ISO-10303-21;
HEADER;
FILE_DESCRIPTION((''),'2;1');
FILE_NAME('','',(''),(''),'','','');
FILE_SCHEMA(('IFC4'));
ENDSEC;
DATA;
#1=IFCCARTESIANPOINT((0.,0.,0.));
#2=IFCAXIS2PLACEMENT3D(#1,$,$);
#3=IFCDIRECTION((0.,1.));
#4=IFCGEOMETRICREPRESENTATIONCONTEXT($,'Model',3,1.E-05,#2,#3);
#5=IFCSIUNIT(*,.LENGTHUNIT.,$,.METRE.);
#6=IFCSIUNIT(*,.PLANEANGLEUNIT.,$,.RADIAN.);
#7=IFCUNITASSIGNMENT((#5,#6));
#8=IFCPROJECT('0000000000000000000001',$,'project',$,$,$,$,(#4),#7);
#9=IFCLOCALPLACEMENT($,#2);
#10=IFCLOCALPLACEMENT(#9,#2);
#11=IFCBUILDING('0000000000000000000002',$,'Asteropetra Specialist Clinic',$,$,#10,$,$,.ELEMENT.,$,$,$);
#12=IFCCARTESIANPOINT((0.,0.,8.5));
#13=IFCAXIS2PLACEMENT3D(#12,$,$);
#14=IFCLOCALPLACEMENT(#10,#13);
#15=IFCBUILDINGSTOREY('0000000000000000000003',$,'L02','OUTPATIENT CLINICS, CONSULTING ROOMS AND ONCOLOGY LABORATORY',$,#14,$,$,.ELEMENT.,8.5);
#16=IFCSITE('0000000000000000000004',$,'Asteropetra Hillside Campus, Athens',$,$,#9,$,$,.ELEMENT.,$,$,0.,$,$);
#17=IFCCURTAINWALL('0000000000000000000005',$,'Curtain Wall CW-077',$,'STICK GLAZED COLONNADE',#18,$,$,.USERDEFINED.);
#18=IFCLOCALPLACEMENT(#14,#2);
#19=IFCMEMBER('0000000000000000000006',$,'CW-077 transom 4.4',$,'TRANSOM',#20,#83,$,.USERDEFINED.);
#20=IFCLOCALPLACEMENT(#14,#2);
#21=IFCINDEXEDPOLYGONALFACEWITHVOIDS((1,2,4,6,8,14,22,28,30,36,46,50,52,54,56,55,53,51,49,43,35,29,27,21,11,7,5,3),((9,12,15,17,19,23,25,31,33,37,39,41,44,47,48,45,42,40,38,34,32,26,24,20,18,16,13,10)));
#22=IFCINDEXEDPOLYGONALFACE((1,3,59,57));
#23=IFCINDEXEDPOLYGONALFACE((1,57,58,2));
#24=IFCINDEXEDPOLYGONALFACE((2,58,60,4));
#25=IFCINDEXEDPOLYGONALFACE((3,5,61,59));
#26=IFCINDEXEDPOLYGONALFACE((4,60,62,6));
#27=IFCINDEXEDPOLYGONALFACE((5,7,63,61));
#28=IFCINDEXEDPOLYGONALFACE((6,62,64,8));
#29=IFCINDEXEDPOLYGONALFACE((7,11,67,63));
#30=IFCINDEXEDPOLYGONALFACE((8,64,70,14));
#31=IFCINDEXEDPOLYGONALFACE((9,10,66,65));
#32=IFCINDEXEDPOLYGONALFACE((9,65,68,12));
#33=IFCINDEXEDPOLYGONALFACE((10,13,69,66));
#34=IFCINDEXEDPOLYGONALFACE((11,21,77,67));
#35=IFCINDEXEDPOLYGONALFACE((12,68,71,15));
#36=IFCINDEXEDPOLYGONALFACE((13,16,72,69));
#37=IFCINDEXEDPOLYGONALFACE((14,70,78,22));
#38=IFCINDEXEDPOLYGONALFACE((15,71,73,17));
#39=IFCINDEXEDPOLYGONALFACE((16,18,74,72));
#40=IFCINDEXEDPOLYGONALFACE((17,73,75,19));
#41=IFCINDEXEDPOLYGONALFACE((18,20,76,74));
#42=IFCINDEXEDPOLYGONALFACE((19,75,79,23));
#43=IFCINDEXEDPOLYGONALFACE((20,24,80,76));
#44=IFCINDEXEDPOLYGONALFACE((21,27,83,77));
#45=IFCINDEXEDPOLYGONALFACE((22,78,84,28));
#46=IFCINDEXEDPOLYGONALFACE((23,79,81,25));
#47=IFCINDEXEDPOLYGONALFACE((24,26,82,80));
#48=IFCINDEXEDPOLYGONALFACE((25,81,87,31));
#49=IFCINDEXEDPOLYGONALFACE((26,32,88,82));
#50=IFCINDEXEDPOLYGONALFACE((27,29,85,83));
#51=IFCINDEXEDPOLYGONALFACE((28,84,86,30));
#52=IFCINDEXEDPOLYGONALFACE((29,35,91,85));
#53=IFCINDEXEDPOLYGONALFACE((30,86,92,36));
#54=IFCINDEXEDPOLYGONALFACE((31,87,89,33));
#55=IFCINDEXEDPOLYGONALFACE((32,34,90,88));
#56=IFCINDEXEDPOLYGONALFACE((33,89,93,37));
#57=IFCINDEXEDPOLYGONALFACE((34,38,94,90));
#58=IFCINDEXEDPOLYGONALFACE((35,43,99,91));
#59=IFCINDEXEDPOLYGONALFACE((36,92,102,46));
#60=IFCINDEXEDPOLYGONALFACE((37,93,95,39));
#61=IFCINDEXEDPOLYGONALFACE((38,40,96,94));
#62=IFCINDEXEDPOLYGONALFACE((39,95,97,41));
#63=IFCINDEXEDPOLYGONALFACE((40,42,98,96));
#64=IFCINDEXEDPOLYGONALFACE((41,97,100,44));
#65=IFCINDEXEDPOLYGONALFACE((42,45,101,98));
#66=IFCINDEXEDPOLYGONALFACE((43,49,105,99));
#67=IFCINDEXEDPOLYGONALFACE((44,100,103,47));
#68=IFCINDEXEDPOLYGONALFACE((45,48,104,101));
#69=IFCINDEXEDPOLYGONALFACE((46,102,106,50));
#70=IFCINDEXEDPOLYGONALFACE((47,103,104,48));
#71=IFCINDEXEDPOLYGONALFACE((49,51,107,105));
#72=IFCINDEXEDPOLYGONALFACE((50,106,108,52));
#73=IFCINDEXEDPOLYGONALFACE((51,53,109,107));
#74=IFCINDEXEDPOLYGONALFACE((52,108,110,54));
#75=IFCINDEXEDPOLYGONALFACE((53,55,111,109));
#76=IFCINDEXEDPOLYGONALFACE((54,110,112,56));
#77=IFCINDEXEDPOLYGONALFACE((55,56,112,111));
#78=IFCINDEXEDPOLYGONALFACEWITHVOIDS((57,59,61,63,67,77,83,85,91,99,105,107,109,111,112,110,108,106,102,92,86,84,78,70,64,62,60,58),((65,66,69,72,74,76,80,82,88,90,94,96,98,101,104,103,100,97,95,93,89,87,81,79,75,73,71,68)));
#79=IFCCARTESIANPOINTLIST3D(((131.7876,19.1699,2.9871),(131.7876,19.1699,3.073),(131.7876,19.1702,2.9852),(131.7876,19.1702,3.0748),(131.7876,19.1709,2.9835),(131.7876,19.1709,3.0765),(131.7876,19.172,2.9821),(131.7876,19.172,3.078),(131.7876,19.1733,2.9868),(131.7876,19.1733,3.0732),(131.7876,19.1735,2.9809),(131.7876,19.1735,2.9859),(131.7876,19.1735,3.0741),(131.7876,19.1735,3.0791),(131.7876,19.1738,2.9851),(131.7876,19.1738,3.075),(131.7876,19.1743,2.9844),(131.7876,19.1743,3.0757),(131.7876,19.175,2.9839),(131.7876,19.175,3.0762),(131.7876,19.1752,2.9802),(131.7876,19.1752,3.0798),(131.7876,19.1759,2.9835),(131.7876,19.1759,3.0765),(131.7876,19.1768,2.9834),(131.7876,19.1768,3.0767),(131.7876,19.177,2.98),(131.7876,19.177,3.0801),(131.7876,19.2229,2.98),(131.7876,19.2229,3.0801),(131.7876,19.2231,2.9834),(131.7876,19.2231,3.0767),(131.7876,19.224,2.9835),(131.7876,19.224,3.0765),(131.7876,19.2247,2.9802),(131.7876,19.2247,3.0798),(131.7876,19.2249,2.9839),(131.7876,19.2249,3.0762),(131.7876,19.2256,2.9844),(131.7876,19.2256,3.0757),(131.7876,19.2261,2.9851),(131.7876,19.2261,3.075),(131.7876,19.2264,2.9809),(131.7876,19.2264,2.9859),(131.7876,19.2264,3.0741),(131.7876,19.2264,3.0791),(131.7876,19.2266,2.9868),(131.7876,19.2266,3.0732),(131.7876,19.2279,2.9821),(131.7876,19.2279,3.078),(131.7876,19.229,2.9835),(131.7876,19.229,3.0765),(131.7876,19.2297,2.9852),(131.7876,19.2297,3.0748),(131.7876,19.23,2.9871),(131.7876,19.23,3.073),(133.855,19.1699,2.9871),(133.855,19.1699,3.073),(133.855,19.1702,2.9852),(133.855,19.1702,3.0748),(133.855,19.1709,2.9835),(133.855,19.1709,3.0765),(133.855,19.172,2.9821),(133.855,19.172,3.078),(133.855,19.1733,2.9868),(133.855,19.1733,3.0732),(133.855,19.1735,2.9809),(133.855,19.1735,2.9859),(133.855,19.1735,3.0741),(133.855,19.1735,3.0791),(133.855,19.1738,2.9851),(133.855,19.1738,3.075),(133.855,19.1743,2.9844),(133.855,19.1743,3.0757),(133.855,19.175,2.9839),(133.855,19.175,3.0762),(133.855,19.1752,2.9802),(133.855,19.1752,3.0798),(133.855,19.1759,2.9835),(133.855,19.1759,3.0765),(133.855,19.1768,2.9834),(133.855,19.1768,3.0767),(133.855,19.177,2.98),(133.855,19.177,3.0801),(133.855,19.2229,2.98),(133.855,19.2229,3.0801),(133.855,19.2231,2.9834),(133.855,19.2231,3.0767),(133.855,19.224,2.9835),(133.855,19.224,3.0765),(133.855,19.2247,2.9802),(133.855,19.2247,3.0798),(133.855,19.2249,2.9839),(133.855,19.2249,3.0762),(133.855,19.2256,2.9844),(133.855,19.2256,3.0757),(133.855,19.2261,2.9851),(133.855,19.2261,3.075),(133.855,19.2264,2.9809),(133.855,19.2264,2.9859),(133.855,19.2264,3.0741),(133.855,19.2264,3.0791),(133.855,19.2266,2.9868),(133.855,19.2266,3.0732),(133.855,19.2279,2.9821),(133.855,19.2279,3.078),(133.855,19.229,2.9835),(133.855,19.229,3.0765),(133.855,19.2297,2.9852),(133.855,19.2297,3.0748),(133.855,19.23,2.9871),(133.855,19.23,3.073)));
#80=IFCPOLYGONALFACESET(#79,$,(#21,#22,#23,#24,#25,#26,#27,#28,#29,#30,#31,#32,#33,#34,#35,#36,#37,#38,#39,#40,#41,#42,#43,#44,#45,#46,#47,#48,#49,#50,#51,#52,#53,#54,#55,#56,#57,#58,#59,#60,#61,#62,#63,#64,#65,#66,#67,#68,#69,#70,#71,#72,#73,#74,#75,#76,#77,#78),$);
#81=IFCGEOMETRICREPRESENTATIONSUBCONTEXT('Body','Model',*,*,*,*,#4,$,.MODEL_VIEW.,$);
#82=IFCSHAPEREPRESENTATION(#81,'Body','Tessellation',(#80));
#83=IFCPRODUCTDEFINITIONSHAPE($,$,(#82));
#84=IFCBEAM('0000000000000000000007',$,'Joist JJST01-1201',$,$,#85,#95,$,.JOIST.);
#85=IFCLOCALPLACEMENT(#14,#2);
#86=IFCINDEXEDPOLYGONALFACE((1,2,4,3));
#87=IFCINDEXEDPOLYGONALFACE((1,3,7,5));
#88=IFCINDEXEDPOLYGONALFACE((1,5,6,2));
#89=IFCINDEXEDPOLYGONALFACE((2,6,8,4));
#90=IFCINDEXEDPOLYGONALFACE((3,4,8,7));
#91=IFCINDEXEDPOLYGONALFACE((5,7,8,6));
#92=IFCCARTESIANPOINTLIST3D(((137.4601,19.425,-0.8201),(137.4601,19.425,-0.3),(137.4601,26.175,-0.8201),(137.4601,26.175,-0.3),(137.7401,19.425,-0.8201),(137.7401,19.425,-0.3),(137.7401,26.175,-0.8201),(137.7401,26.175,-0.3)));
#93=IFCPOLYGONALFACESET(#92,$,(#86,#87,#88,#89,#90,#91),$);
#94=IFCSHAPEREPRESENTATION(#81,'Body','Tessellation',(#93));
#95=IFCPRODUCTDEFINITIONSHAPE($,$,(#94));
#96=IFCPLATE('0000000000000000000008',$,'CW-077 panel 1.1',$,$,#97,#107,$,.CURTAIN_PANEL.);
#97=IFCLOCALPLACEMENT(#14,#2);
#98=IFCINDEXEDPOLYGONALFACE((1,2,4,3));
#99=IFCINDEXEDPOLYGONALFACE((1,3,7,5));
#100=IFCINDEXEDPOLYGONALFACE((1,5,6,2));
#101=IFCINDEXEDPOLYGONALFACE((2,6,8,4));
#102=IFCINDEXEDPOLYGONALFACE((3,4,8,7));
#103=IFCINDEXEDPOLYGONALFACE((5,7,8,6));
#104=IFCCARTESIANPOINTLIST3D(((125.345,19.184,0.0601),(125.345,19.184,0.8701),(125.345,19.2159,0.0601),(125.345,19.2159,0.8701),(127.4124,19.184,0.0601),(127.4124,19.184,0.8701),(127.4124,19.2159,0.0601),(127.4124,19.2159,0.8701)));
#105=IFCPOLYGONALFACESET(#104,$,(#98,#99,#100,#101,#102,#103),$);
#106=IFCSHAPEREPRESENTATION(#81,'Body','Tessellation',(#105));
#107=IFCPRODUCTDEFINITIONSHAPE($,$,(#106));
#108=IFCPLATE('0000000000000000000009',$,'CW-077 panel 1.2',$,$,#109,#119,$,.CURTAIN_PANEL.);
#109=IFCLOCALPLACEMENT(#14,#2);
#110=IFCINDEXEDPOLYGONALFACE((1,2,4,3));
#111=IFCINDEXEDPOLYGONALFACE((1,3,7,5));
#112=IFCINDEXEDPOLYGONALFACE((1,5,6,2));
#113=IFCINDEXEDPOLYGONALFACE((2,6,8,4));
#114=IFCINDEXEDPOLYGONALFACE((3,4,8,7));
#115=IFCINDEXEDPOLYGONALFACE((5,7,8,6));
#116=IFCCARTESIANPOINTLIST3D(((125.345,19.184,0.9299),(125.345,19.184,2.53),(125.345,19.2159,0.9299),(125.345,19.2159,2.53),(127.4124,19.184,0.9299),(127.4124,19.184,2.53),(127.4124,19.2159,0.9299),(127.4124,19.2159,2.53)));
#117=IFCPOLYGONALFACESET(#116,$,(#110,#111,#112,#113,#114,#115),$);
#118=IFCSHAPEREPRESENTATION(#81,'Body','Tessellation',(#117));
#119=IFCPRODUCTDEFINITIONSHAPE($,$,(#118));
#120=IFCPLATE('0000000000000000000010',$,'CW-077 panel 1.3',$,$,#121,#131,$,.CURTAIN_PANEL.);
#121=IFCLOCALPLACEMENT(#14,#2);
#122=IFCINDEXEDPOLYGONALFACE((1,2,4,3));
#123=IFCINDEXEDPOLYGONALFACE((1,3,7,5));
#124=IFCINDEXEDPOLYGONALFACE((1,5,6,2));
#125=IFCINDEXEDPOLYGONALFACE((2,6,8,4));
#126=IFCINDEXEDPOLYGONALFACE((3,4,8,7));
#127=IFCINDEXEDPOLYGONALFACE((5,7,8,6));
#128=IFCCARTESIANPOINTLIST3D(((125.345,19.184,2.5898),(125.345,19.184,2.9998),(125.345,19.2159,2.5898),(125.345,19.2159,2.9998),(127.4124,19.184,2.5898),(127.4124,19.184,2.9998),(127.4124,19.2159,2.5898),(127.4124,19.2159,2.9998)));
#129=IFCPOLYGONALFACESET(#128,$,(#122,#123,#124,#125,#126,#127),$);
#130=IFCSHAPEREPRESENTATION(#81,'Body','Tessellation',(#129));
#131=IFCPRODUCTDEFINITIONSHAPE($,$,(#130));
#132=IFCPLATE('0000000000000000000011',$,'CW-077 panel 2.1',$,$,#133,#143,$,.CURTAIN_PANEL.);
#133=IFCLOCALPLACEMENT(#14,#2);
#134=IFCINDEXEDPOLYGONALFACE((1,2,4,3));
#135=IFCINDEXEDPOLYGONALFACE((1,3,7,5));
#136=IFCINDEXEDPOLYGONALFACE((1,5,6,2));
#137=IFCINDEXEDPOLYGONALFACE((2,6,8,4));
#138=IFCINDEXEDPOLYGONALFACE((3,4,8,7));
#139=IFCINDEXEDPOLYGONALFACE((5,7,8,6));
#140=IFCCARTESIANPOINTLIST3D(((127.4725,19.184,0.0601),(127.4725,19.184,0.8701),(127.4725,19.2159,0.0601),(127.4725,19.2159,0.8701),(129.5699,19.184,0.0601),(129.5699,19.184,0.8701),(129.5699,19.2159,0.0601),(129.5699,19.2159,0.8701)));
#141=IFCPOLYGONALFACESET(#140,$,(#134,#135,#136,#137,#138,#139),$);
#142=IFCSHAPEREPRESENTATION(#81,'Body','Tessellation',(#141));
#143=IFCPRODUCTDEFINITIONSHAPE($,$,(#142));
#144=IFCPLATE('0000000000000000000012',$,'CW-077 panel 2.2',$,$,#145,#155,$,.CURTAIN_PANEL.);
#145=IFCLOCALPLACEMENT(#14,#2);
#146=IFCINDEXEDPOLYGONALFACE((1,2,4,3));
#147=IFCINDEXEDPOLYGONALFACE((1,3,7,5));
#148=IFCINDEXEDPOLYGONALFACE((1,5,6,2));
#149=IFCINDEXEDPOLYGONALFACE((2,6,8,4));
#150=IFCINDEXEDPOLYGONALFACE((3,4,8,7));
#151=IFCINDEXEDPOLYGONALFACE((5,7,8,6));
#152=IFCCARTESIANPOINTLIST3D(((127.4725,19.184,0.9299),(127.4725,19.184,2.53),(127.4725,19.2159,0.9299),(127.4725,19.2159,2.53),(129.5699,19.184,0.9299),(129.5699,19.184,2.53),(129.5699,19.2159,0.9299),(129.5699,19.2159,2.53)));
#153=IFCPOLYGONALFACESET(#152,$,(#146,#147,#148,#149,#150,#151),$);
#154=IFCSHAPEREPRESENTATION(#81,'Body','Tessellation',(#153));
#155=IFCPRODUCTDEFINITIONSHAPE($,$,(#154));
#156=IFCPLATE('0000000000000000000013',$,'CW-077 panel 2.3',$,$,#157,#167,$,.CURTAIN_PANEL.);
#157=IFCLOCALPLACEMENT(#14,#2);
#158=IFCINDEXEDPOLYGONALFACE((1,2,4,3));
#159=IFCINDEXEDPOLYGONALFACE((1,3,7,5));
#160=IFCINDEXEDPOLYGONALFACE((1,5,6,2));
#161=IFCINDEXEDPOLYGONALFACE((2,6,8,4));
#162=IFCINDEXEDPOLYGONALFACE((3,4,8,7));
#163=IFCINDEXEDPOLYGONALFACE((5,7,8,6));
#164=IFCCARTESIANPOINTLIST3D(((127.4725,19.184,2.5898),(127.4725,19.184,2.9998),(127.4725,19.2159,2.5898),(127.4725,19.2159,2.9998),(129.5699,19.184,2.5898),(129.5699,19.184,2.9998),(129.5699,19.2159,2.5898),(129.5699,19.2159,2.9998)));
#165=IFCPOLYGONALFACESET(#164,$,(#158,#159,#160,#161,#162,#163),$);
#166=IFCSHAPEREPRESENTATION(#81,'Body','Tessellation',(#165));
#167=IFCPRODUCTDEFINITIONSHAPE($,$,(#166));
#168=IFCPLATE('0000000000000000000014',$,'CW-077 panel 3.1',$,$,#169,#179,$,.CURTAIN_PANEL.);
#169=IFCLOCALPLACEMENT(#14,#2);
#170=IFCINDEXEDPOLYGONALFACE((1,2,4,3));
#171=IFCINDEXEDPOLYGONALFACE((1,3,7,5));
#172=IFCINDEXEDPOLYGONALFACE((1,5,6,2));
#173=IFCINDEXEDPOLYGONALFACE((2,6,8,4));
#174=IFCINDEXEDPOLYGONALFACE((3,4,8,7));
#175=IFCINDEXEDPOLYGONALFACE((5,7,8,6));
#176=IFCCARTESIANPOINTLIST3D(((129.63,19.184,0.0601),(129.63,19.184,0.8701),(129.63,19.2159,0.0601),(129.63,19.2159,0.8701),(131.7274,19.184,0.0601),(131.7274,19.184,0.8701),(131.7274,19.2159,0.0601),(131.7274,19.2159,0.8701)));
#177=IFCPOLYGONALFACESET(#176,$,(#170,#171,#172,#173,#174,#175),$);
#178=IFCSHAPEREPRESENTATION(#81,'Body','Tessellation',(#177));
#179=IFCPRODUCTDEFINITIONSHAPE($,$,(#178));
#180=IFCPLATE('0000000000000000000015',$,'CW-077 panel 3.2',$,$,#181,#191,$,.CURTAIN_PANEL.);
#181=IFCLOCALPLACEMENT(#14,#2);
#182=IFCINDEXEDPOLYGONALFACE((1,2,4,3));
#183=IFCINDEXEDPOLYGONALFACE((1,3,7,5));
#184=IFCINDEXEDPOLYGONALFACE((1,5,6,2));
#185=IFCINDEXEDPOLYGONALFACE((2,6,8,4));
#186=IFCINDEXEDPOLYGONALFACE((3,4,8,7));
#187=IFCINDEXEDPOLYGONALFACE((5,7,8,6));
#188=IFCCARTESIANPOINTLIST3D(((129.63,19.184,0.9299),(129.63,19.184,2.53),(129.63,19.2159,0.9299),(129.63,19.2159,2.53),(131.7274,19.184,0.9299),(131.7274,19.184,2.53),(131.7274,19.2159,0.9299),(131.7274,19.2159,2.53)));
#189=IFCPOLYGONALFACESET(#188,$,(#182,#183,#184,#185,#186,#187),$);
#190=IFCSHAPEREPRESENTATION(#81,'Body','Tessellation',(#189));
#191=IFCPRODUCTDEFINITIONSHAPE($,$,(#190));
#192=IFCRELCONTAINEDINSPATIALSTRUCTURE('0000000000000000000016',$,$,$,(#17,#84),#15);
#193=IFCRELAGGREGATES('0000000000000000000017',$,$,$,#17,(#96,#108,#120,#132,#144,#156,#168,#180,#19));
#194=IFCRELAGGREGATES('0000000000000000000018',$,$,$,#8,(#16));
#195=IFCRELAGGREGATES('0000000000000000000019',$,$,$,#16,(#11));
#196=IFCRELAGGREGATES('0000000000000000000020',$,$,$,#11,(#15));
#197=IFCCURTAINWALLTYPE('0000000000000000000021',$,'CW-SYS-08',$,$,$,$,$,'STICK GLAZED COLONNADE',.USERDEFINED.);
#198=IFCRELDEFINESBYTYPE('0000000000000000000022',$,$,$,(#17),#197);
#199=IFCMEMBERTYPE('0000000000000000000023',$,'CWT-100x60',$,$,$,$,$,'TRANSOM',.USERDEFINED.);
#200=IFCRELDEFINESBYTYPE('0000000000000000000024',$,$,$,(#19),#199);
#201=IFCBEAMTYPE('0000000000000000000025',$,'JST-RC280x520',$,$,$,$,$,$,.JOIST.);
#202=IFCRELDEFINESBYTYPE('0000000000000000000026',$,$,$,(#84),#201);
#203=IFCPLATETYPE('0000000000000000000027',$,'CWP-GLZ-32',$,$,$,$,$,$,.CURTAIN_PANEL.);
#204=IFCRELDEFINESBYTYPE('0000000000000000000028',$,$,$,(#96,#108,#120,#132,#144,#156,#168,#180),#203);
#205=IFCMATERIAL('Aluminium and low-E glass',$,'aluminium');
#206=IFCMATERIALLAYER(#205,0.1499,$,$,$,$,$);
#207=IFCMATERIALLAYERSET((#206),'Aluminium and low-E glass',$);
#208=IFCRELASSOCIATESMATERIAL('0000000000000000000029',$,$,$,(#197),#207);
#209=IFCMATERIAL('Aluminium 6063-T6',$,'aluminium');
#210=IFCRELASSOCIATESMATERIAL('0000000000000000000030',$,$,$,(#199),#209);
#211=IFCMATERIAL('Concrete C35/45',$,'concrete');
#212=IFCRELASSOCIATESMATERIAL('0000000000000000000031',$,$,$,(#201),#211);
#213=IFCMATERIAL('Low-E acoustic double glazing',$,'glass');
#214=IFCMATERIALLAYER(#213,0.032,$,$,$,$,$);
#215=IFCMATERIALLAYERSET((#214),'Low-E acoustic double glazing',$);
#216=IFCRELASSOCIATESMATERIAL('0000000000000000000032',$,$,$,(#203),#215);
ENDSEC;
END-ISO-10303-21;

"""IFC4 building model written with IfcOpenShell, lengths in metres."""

from ifc_helpers import new_model, si_unit, direction, frame, origin, origin_2d, place, context, subcontext, project, spatial, rectangle, hollow_rectangle, extrude, material, layer, layer_set, material_profile, profile_set, type_object, element, aggregate, save


model = new_model("IFC4")

# Units and contexts
model_context = context("Model", 3, precision=1e-05, world=origin(), true_north=direction((0.0, 1.0)))
body_context = subcontext(model_context, "Body", "Model", "MODEL_VIEW")
ifc_project = project(units=[si_unit("LENGTHUNIT", "METRE"), si_unit("PLANEANGLEUNIT", "RADIAN")], contexts=[model_context])

# Site, building, storey
site_placement = place(None, origin())
site = spatial("IfcSite", under=ifc_project, at=site_placement, Name="Asteropetra Hillside Campus, Athens", CompositionType="ELEMENT", RefElevation=0.0)
building_placement = place(site_placement, origin())
building = spatial("IfcBuilding", under=site, at=building_placement, Name="Asteropetra Specialist Clinic", CompositionType="ELEMENT")
storey_placement = place(building_placement, frame((0.0, 0.0, 8.5)))
storey = spatial("IfcBuildingStorey", under=building, at=storey_placement, Name="L02", Description="OUTPATIENT CLINICS, CONSULTING ROOMS AND ONCOLOGY LABORATORY", CompositionType="ELEMENT", Elevation=8.5)

# Curtain wall, member
ifc_material_1 = material(Name="Aluminium and low-E glass", Category="aluminium")
ifc_layer_1 = layer(ifc_material_1, 0.1499)
ifc_layer_set_1 = layer_set([ifc_layer_1], Name="Aluminium and low-E glass")
curtain_wall_type = type_object("IfcCurtainWallType", Name="CW-SYS-08", ElementType="STICK GLAZED COLONNADE", PredefinedType="USERDEFINED", material=ifc_layer_set_1)
curtain_wall_placement = place(storey_placement, origin())
curtain_wall = element("IfcCurtainWall", 1, at=curtain_wall_placement, inside=storey, type_object=curtain_wall_type, Name="Curtain Wall CW-077", ObjectType="STICK GLAZED COLONNADE", PredefinedType="USERDEFINED")
ifc_material_2 = material(Name="Aluminium 6063-T6", Category="aluminium")
ifc_material_profile_1 = material_profile(ifc_material_2, hollow_rectangle(XDim=0.0601, YDim=0.1001, WallThickness=0.0034, InnerFilletRadius=0.0034, OuterFilletRadius=0.0071, at=origin_2d()), Name="TRN 100x60x3.5")
ifc_profile_set_1 = profile_set([ifc_material_profile_1], Name="Aluminium 6063-T6")
member_type_1 = type_object("IfcMemberType", Name="CWT-100x60", ElementType="TRANSOM", PredefinedType="USERDEFINED", material=ifc_profile_set_1)
member_1_placement = place(storey_placement, frame((131.7876, 19.2, 3.03), z_axis=(1.0, 0.0, 0.0), x_axis=(0.0, 1.0, 0.0)))
member_1 = element("IfcMember", 2, at=member_1_placement, type_object=member_type_1, Name="CW-077 transom 4.4", ObjectType="TRANSOM", PredefinedType="USERDEFINED", context=body_context, shape_type="SweptSolid", body=[
    extrude(hollow_rectangle(XDim=0.0601, YDim=0.1001, WallThickness=0.0034, InnerFilletRadius=0.0034, OuterFilletRadius=0.0071, at=origin_2d()), origin(), (0.0, 0.0, 1.0), 2.0674),
])

# Beam
ifc_material_3 = material(Name="Concrete C35/45", Category="concrete")
ifc_material_profile_2 = material_profile(ifc_material_3, rectangle(XDim=0.28, YDim=0.52, at=origin_2d()), Name="RCJ 280x520")
ifc_profile_set_2 = profile_set([ifc_material_profile_2], Name="Concrete C35/45")
beam_type_1 = type_object("IfcBeamType", Name="JST-RC280x520", PredefinedType="JOIST", material=ifc_profile_set_2)
beam_1_placement = place(storey_placement, frame((137.6001, 19.425, -0.5601), z_axis=(0.0, 1.0, 0.0), x_axis=(-1.0, 0.0, 0.0)))
element("IfcBeam", 3, at=beam_1_placement, inside=storey, type_object=beam_type_1, Name="Joist JJST01-1201", PredefinedType="JOIST", context=body_context, shape_type="SweptSolid", body=[
    extrude(rectangle(XDim=0.28, YDim=0.52, at=origin_2d()), origin(), (0.0, 0.0, 1.0), 6.75),
])

# Plates
ifc_material_4 = material(Name="Low-E acoustic double glazing", Category="glass")
ifc_layer_2 = layer(ifc_material_4, 0.032)
ifc_layer_set_2 = layer_set([ifc_layer_2], Name="Low-E acoustic double glazing")
plate_type = type_object("IfcPlateType", Name="CWP-GLZ-32", PredefinedType="CURTAIN_PANEL", material=ifc_layer_set_2)
plate_1_placement = place(storey_placement, frame((126.3787, 19.2, 0.0601), z_axis=(0.0, 0.0, 1.0), x_axis=(1.0, 0.0, 0.0)))
plate_1 = element("IfcPlate", 4, at=plate_1_placement, type_object=plate_type, Name="CW-077 panel 1.1", PredefinedType="CURTAIN_PANEL", context=body_context, shape_type="SweptSolid", body=[
    extrude(rectangle(XDim=2.0674, YDim=0.032, at=origin_2d()), origin(), (0.0, 0.0, 1.0), 0.8101),
])
plate_2_placement = place(storey_placement, frame((126.3787, 19.2, 0.9299), z_axis=(0.0, 0.0, 1.0), x_axis=(1.0, 0.0, 0.0)))
plate_2 = element("IfcPlate", 5, at=plate_2_placement, type_object=plate_type, Name="CW-077 panel 1.2", PredefinedType="CURTAIN_PANEL", context=body_context, shape_type="SweptSolid", body=[
    extrude(rectangle(XDim=2.0674, YDim=0.032, at=origin_2d()), origin(), (0.0, 0.0, 1.0), 1.6001),
])
plate_3_placement = place(storey_placement, frame((126.3787, 19.2, 2.5898), z_axis=(0.0, 0.0, 1.0), x_axis=(1.0, 0.0, 0.0)))
plate_3 = element("IfcPlate", 6, at=plate_3_placement, type_object=plate_type, Name="CW-077 panel 1.3", PredefinedType="CURTAIN_PANEL", context=body_context, shape_type="SweptSolid", body=[
    extrude(rectangle(XDim=2.0674, YDim=0.032, at=origin_2d()), origin(), (0.0, 0.0, 1.0), 0.4099),
])
plate_4_placement = place(storey_placement, frame((128.5212, 19.2, 0.0601), z_axis=(0.0, 0.0, 1.0), x_axis=(1.0, 0.0, 0.0)))
plate_4 = element("IfcPlate", 7, at=plate_4_placement, type_object=plate_type, Name="CW-077 panel 2.1", PredefinedType="CURTAIN_PANEL", context=body_context, shape_type="SweptSolid", body=[
    extrude(rectangle(XDim=2.0974, YDim=0.032, at=origin_2d()), origin(), (0.0, 0.0, 1.0), 0.8101),
])
plate_5_placement = place(storey_placement, frame((128.5212, 19.2, 0.9299), z_axis=(0.0, 0.0, 1.0), x_axis=(1.0, 0.0, 0.0)))
plate_5 = element("IfcPlate", 8, at=plate_5_placement, type_object=plate_type, Name="CW-077 panel 2.2", PredefinedType="CURTAIN_PANEL", context=body_context, shape_type="SweptSolid", body=[
    extrude(rectangle(XDim=2.0974, YDim=0.032, at=origin_2d()), origin(), (0.0, 0.0, 1.0), 1.6001),
])
plate_6_placement = place(storey_placement, frame((128.5212, 19.2, 2.5898), z_axis=(0.0, 0.0, 1.0), x_axis=(1.0, 0.0, 0.0)))
plate_6 = element("IfcPlate", 9, at=plate_6_placement, type_object=plate_type, Name="CW-077 panel 2.3", PredefinedType="CURTAIN_PANEL", context=body_context, shape_type="SweptSolid", body=[
    extrude(rectangle(XDim=2.0974, YDim=0.032, at=origin_2d()), origin(), (0.0, 0.0, 1.0), 0.4099),
])
plate_7_placement = place(storey_placement, frame((130.6787, 19.2, 0.0601), z_axis=(0.0, 0.0, 1.0), x_axis=(1.0, 0.0, 0.0)))
plate_7 = element("IfcPlate", 10, at=plate_7_placement, type_object=plate_type, Name="CW-077 panel 3.1", PredefinedType="CURTAIN_PANEL", context=body_context, shape_type="SweptSolid", body=[
    extrude(rectangle(XDim=2.0974, YDim=0.032, at=origin_2d()), origin(), (0.0, 0.0, 1.0), 0.8101),
])
plate_8_placement = place(storey_placement, frame((130.6787, 19.2, 0.9299), z_axis=(0.0, 0.0, 1.0), x_axis=(1.0, 0.0, 0.0)))
plate_8 = element("IfcPlate", 11, at=plate_8_placement, type_object=plate_type, Name="CW-077 panel 3.2", PredefinedType="CURTAIN_PANEL", context=body_context, shape_type="SweptSolid", body=[
    extrude(rectangle(XDim=2.0974, YDim=0.032, at=origin_2d()), origin(), (0.0, 0.0, 1.0), 1.6001),
])
aggregate(curtain_wall, [plate_1, plate_2, plate_3, plate_4, plate_5, plate_6, plate_7, plate_8, member_1])

save(model, "model.ifc")
